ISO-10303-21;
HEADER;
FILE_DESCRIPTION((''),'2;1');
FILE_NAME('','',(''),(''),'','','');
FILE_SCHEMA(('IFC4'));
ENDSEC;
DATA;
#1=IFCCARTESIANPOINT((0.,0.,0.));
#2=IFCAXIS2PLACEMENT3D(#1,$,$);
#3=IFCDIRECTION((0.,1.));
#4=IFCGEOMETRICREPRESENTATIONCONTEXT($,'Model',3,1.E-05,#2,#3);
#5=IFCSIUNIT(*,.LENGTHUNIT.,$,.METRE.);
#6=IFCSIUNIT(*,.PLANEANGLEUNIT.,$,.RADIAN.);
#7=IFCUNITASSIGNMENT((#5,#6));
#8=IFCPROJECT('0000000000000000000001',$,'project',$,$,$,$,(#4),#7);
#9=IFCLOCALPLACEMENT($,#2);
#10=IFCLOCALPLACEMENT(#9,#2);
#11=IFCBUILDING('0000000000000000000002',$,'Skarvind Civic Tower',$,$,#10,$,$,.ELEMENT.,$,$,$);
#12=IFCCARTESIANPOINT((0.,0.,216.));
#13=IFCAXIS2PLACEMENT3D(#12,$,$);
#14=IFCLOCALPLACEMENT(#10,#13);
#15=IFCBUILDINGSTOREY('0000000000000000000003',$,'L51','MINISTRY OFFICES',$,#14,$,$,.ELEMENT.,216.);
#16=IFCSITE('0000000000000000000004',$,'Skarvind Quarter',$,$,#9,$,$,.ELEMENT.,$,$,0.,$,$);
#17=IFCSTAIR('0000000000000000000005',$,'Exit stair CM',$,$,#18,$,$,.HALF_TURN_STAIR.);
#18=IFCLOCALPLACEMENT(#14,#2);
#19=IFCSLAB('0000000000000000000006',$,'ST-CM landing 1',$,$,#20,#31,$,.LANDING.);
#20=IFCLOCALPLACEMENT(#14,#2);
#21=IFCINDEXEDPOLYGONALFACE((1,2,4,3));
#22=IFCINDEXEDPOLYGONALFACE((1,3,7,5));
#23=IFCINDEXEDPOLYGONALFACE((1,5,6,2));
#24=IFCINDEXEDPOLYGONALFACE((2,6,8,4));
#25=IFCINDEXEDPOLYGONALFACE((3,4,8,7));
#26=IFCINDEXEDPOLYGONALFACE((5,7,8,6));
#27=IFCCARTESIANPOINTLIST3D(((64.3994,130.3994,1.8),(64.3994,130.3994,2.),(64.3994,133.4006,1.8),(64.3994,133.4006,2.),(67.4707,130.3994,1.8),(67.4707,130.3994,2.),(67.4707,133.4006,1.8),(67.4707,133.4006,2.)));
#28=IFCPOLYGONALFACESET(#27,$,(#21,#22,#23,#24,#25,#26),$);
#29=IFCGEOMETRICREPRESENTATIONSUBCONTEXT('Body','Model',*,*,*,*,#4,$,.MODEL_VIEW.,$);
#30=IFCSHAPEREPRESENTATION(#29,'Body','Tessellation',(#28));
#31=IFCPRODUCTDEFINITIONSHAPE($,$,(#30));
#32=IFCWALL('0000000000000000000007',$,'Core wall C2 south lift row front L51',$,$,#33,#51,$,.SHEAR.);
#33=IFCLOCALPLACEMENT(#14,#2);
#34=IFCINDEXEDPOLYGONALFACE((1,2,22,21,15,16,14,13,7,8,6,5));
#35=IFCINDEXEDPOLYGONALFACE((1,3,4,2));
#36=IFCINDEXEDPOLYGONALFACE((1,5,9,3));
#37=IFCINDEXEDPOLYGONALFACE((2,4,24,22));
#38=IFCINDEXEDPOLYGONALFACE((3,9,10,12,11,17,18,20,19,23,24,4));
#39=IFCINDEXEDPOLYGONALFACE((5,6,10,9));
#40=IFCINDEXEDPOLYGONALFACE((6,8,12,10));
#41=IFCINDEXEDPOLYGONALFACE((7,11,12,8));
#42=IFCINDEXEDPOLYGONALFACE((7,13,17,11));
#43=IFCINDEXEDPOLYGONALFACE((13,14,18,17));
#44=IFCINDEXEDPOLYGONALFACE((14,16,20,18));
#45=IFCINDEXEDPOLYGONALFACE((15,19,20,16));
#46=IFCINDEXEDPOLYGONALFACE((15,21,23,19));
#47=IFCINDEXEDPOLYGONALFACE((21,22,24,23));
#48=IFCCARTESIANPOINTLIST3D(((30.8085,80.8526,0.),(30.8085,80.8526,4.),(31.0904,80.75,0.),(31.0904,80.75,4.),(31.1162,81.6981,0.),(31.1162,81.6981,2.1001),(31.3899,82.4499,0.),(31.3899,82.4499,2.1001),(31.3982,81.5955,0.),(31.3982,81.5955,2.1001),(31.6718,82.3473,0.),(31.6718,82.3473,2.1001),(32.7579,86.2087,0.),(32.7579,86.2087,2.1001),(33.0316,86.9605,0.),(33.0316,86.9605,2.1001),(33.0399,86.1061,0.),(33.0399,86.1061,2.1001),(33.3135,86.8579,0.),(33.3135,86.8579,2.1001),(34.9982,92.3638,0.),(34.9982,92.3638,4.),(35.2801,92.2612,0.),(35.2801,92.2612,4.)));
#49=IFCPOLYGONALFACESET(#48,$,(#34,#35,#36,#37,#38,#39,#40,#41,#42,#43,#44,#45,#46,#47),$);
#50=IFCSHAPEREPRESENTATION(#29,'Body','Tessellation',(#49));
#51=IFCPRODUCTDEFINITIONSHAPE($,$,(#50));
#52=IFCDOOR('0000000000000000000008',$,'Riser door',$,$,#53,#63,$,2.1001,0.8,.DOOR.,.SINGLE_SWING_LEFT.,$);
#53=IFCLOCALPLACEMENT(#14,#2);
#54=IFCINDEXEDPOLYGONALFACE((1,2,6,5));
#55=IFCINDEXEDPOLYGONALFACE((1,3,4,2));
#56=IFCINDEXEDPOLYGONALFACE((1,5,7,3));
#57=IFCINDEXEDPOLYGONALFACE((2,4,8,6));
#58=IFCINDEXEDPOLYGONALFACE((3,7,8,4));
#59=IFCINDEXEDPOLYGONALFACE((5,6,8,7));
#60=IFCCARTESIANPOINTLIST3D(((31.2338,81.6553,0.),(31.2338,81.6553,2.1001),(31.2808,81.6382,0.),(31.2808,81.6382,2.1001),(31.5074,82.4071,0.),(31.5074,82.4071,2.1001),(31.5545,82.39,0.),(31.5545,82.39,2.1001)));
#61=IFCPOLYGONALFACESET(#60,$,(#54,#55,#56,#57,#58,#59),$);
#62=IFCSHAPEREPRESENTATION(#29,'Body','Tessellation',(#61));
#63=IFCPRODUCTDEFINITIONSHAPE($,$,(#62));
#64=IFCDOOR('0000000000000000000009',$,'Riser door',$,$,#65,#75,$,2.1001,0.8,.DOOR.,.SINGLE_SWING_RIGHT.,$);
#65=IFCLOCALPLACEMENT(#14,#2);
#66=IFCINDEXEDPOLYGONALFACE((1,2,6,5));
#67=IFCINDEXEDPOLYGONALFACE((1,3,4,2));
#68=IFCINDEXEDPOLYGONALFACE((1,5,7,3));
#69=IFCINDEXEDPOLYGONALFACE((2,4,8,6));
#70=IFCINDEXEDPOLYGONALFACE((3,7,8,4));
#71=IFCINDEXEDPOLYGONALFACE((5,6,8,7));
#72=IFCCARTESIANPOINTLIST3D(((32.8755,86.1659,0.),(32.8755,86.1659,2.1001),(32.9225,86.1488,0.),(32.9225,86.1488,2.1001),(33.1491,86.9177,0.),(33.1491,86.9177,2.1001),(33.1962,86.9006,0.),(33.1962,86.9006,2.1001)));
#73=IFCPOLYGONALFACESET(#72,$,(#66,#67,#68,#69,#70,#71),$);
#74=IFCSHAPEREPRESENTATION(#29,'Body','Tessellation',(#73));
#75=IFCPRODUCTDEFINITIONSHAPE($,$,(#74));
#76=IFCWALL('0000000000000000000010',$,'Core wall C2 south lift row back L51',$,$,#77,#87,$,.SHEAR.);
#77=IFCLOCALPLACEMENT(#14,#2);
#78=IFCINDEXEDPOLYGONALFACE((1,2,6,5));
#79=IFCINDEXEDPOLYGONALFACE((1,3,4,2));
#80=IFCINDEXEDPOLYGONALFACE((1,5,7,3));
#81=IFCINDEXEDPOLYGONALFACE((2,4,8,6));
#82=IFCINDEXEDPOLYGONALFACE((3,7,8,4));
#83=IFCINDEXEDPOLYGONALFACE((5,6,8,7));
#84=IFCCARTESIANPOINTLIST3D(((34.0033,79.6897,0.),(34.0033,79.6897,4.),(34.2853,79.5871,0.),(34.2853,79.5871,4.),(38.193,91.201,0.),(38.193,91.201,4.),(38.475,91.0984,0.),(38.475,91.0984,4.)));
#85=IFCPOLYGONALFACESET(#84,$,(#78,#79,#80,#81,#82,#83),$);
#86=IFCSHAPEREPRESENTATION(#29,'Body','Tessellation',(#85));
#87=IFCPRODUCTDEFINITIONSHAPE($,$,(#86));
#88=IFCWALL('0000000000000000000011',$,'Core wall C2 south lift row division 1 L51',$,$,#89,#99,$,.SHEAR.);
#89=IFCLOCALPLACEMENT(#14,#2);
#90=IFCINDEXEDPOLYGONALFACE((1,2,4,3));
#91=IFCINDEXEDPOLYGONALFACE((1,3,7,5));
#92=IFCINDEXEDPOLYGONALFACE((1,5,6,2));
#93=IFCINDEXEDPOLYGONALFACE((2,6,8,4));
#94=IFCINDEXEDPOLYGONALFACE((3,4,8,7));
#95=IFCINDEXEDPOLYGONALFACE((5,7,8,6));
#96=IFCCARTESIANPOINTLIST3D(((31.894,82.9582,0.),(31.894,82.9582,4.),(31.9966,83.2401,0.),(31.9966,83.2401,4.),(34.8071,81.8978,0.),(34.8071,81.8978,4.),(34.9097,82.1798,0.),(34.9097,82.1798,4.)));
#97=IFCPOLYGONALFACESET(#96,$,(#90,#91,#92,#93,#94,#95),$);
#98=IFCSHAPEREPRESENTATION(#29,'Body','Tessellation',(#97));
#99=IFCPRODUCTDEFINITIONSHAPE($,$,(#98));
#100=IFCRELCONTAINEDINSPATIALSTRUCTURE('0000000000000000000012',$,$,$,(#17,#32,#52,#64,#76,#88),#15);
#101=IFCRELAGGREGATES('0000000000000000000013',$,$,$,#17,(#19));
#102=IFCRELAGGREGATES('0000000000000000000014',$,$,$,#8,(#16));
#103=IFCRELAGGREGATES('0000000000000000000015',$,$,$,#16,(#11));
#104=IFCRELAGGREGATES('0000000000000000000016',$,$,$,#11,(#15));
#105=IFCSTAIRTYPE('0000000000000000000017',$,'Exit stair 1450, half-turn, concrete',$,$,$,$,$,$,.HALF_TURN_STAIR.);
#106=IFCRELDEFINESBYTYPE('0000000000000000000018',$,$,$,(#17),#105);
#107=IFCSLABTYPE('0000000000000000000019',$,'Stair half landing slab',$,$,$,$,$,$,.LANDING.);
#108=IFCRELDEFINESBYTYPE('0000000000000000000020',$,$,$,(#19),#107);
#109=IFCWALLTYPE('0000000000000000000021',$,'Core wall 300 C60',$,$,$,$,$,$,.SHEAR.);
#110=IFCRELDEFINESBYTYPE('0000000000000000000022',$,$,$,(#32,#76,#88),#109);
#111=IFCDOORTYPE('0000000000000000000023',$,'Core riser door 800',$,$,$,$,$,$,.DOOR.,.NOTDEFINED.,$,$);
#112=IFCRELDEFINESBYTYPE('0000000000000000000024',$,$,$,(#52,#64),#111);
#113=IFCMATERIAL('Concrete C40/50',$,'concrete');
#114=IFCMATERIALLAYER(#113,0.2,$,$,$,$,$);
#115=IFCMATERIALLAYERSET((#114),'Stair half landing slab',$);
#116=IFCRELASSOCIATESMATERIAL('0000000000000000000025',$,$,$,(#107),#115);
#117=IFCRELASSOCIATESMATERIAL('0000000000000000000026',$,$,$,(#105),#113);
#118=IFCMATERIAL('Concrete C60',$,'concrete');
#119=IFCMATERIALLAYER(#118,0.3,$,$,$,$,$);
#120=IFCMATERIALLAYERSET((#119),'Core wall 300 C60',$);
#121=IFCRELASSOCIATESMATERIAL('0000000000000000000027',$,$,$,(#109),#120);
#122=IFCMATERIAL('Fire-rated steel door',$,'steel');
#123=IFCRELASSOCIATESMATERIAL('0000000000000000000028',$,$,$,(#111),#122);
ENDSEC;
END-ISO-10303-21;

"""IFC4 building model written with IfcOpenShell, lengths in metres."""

from ifc_helpers import new_model, si_unit, direction, frame, frame_2d, origin, place, context, subcontext, project, spatial, polyline, rectangle, outline, extrude, material, layer, layer_set, type_object, element, fill, aggregate, save


model = new_model("IFC4")

# Units and contexts
model_context = context("Model", 3, precision=1e-05, world=origin(), true_north=direction((0.0, 1.0)))
body_context = subcontext(model_context, "Body", "Model", "MODEL_VIEW")
ifc_project = project(units=[si_unit("LENGTHUNIT", "METRE"), si_unit("PLANEANGLEUNIT", "RADIAN")], contexts=[model_context])

# Site, building, storey
site_placement = place(None, origin())
site = spatial("IfcSite", under=ifc_project, at=site_placement, Name="Skarvind Quarter", CompositionType="ELEMENT", RefElevation=0.0)
building_placement = place(site_placement, origin())
building = spatial("IfcBuilding", under=site, at=building_placement, Name="Skarvind Civic Tower", CompositionType="ELEMENT")
storey_placement = place(building_placement, frame((0.0, 0.0, 216.0)))
storey = spatial("IfcBuildingStorey", under=building, at=storey_placement, Name="L51", Description="MINISTRY OFFICES", CompositionType="ELEMENT", Elevation=216.0)

# Shared definitions
ifc_material_1 = material(Name="Concrete C40/50", Category="concrete")

# Stair, slab
ifc_layer_1 = layer(ifc_material_1, 0.2)
ifc_layer_set_1 = layer_set([ifc_layer_1], Name="Stair half landing slab")
slab_type_1 = type_object("IfcSlabType", Name="Stair half landing slab", PredefinedType="LANDING", material=ifc_layer_set_1)
stair_type_1 = type_object("IfcStairType", Name="Exit stair 1450, half-turn, concrete", PredefinedType="HALF_TURN_STAIR", material=ifc_material_1)
stair_1_placement = place(storey_placement, origin())
stair_1 = element("IfcStair", 1, at=stair_1_placement, inside=storey, type_object=stair_type_1, Name="Exit stair CM", PredefinedType="HALF_TURN_STAIR")
slab_1_placement = place(storey_placement, frame((0.0, 0.0, 1.8)))
slab_1 = element("IfcSlab", 2, at=slab_1_placement, type_object=slab_type_1, Name="ST-CM landing 1", PredefinedType="LANDING", context=body_context, shape_type="SweptSolid", body=[
    extrude(outline(polyline([(67.4707, 133.4006), (67.4707, 130.3994), (64.3994, 130.3994), (64.3994, 133.4006), (67.4707, 133.4006)])), origin(), (0.0, 0.0, 1.0), 0.2),
])
aggregate(stair_1, [slab_1])

# Wall, openings, doors
ifc_material_2 = material(Name="Concrete C60", Category="concrete")
ifc_layer_2 = layer(ifc_material_2, 0.3)
ifc_layer_set_2 = layer_set([ifc_layer_2], Name="Core wall 300 C60")
wall_type_1 = type_object("IfcWallType", Name="Core wall 300 C60", PredefinedType="SHEAR", material=ifc_layer_set_2)
wall_1_placement = place(storey_placement, frame((30.9495, 80.8013, 0.0), z_axis=(0.0, 0.0, 1.0), x_axis=(0.342017, 0.939694, 0.0)))
wall_1 = element("IfcWall", 3, at=wall_1_placement, inside=storey, type_object=wall_type_1, Name="Core wall C2 south lift row front L51", PredefinedType="SHEAR", context=body_context, shape_type="SweptSolid", body=[
    extrude(rectangle(XDim=12.25, YDim=0.3, at=frame_2d((6.125, 0.0))), origin(), (0.0, 0.0, 1.0), 4.0),
])
opening_1_placement = place(wall_1_placement, frame((0.8999, 0.0, 0.0)))
opening_1 = element("IfcOpeningElement", 4, at=opening_1_placement, cuts=wall_1, PredefinedType="OPENING", context=body_context, shape_type="SweptSolid", body=[
    extrude(rectangle(XDim=0.8, YDim=2.1001, at=frame_2d((0.3999, 1.05))), frame((0.0, 0.1599, 0.0), z_axis=(0.0, -1.0, 0.0), x_axis=(1.0, 0.0, 0.0)), (0.0, 0.0, 1.0), 0.3201),
])
opening_2_placement = place(wall_1_placement, frame((5.7, 0.0, 0.0)))
opening_2 = element("IfcOpeningElement", 5, at=opening_2_placement, cuts=wall_1, PredefinedType="OPENING", context=body_context, shape_type="SweptSolid", body=[
    extrude(rectangle(XDim=0.8, YDim=2.1001, at=frame_2d((0.3999, 1.05))), frame((0.0, 0.1599, 0.0), z_axis=(0.0, -1.0, 0.0), x_axis=(1.0, 0.0, 0.0)), (0.0, 0.0, 1.0), 0.3201),
])
ifc_material_3 = material(Name="Fire-rated steel door", Category="steel")
door_type_1 = type_object("IfcDoorType", Name="Core riser door 800", OperationType="NOTDEFINED", PredefinedType="DOOR", material=ifc_material_3)
door_1_placement = place(opening_1_placement, origin())
door_1 = element("IfcDoor", 6, at=door_1_placement, inside=storey, type_object=door_type_1, Name="Riser door", OperationType="SINGLE_SWING_LEFT", OverallHeight=2.1001, OverallWidth=0.8, PredefinedType="DOOR", context=body_context, shape_type="SweptSolid", body=[
    extrude(rectangle(XDim=0.8, YDim=2.1001, at=frame_2d((0.3999, 1.05))), frame((0.0, 0.0249, 0.0), z_axis=(0.0, -1.0, 0.0), x_axis=(1.0, 0.0, 0.0)), (0.0, 0.0, 1.0), 0.05),
])
fill(opening_1, door_1)
door_2_placement = place(opening_2_placement, origin())
door_2 = element("IfcDoor", 7, at=door_2_placement, inside=storey, type_object=door_type_1, Name="Riser door", OperationType="SINGLE_SWING_RIGHT", OverallHeight=2.1001, OverallWidth=0.8, PredefinedType="DOOR", context=body_context, shape_type="SweptSolid", body=[
    extrude(rectangle(XDim=0.8, YDim=2.1001, at=frame_2d((0.3999, 1.05))), frame((0.0, 0.0249, 0.0), z_axis=(0.0, -1.0, 0.0), x_axis=(1.0, 0.0, 0.0)), (0.0, 0.0, 1.0), 0.05),
])
fill(opening_2, door_2)

# Walls
wall_2_placement = place(storey_placement, frame((34.1443, 79.6384, 0.0), z_axis=(0.0, 0.0, 1.0), x_axis=(0.342017, 0.939694, 0.0)))
element("IfcWall", 8, at=wall_2_placement, inside=storey, type_object=wall_type_1, Name="Core wall C2 south lift row back L51", PredefinedType="SHEAR", context=body_context, shape_type="SweptSolid", body=[
    extrude(rectangle(XDim=12.25, YDim=0.3, at=frame_2d((6.125, 0.0))), origin(), (0.0, 0.0, 1.0), 4.0),
])
wall_3_placement = place(storey_placement, frame((34.8584, 82.0388, 0.0), z_axis=(0.0, 0.0, 1.0), x_axis=(-0.93969, 0.342028, 0.0)))
element("IfcWall", 9, at=wall_3_placement, inside=storey, type_object=wall_type_1, Name="Core wall C2 south lift row division 1 L51", PredefinedType="SHEAR", context=body_context, shape_type="SweptSolid", body=[
    extrude(rectangle(XDim=3.1001, YDim=0.3, at=frame_2d((1.55, 0.0))), origin(), (0.0, 0.0, 1.0), 4.0),
])

save(model, "model.ifc")
